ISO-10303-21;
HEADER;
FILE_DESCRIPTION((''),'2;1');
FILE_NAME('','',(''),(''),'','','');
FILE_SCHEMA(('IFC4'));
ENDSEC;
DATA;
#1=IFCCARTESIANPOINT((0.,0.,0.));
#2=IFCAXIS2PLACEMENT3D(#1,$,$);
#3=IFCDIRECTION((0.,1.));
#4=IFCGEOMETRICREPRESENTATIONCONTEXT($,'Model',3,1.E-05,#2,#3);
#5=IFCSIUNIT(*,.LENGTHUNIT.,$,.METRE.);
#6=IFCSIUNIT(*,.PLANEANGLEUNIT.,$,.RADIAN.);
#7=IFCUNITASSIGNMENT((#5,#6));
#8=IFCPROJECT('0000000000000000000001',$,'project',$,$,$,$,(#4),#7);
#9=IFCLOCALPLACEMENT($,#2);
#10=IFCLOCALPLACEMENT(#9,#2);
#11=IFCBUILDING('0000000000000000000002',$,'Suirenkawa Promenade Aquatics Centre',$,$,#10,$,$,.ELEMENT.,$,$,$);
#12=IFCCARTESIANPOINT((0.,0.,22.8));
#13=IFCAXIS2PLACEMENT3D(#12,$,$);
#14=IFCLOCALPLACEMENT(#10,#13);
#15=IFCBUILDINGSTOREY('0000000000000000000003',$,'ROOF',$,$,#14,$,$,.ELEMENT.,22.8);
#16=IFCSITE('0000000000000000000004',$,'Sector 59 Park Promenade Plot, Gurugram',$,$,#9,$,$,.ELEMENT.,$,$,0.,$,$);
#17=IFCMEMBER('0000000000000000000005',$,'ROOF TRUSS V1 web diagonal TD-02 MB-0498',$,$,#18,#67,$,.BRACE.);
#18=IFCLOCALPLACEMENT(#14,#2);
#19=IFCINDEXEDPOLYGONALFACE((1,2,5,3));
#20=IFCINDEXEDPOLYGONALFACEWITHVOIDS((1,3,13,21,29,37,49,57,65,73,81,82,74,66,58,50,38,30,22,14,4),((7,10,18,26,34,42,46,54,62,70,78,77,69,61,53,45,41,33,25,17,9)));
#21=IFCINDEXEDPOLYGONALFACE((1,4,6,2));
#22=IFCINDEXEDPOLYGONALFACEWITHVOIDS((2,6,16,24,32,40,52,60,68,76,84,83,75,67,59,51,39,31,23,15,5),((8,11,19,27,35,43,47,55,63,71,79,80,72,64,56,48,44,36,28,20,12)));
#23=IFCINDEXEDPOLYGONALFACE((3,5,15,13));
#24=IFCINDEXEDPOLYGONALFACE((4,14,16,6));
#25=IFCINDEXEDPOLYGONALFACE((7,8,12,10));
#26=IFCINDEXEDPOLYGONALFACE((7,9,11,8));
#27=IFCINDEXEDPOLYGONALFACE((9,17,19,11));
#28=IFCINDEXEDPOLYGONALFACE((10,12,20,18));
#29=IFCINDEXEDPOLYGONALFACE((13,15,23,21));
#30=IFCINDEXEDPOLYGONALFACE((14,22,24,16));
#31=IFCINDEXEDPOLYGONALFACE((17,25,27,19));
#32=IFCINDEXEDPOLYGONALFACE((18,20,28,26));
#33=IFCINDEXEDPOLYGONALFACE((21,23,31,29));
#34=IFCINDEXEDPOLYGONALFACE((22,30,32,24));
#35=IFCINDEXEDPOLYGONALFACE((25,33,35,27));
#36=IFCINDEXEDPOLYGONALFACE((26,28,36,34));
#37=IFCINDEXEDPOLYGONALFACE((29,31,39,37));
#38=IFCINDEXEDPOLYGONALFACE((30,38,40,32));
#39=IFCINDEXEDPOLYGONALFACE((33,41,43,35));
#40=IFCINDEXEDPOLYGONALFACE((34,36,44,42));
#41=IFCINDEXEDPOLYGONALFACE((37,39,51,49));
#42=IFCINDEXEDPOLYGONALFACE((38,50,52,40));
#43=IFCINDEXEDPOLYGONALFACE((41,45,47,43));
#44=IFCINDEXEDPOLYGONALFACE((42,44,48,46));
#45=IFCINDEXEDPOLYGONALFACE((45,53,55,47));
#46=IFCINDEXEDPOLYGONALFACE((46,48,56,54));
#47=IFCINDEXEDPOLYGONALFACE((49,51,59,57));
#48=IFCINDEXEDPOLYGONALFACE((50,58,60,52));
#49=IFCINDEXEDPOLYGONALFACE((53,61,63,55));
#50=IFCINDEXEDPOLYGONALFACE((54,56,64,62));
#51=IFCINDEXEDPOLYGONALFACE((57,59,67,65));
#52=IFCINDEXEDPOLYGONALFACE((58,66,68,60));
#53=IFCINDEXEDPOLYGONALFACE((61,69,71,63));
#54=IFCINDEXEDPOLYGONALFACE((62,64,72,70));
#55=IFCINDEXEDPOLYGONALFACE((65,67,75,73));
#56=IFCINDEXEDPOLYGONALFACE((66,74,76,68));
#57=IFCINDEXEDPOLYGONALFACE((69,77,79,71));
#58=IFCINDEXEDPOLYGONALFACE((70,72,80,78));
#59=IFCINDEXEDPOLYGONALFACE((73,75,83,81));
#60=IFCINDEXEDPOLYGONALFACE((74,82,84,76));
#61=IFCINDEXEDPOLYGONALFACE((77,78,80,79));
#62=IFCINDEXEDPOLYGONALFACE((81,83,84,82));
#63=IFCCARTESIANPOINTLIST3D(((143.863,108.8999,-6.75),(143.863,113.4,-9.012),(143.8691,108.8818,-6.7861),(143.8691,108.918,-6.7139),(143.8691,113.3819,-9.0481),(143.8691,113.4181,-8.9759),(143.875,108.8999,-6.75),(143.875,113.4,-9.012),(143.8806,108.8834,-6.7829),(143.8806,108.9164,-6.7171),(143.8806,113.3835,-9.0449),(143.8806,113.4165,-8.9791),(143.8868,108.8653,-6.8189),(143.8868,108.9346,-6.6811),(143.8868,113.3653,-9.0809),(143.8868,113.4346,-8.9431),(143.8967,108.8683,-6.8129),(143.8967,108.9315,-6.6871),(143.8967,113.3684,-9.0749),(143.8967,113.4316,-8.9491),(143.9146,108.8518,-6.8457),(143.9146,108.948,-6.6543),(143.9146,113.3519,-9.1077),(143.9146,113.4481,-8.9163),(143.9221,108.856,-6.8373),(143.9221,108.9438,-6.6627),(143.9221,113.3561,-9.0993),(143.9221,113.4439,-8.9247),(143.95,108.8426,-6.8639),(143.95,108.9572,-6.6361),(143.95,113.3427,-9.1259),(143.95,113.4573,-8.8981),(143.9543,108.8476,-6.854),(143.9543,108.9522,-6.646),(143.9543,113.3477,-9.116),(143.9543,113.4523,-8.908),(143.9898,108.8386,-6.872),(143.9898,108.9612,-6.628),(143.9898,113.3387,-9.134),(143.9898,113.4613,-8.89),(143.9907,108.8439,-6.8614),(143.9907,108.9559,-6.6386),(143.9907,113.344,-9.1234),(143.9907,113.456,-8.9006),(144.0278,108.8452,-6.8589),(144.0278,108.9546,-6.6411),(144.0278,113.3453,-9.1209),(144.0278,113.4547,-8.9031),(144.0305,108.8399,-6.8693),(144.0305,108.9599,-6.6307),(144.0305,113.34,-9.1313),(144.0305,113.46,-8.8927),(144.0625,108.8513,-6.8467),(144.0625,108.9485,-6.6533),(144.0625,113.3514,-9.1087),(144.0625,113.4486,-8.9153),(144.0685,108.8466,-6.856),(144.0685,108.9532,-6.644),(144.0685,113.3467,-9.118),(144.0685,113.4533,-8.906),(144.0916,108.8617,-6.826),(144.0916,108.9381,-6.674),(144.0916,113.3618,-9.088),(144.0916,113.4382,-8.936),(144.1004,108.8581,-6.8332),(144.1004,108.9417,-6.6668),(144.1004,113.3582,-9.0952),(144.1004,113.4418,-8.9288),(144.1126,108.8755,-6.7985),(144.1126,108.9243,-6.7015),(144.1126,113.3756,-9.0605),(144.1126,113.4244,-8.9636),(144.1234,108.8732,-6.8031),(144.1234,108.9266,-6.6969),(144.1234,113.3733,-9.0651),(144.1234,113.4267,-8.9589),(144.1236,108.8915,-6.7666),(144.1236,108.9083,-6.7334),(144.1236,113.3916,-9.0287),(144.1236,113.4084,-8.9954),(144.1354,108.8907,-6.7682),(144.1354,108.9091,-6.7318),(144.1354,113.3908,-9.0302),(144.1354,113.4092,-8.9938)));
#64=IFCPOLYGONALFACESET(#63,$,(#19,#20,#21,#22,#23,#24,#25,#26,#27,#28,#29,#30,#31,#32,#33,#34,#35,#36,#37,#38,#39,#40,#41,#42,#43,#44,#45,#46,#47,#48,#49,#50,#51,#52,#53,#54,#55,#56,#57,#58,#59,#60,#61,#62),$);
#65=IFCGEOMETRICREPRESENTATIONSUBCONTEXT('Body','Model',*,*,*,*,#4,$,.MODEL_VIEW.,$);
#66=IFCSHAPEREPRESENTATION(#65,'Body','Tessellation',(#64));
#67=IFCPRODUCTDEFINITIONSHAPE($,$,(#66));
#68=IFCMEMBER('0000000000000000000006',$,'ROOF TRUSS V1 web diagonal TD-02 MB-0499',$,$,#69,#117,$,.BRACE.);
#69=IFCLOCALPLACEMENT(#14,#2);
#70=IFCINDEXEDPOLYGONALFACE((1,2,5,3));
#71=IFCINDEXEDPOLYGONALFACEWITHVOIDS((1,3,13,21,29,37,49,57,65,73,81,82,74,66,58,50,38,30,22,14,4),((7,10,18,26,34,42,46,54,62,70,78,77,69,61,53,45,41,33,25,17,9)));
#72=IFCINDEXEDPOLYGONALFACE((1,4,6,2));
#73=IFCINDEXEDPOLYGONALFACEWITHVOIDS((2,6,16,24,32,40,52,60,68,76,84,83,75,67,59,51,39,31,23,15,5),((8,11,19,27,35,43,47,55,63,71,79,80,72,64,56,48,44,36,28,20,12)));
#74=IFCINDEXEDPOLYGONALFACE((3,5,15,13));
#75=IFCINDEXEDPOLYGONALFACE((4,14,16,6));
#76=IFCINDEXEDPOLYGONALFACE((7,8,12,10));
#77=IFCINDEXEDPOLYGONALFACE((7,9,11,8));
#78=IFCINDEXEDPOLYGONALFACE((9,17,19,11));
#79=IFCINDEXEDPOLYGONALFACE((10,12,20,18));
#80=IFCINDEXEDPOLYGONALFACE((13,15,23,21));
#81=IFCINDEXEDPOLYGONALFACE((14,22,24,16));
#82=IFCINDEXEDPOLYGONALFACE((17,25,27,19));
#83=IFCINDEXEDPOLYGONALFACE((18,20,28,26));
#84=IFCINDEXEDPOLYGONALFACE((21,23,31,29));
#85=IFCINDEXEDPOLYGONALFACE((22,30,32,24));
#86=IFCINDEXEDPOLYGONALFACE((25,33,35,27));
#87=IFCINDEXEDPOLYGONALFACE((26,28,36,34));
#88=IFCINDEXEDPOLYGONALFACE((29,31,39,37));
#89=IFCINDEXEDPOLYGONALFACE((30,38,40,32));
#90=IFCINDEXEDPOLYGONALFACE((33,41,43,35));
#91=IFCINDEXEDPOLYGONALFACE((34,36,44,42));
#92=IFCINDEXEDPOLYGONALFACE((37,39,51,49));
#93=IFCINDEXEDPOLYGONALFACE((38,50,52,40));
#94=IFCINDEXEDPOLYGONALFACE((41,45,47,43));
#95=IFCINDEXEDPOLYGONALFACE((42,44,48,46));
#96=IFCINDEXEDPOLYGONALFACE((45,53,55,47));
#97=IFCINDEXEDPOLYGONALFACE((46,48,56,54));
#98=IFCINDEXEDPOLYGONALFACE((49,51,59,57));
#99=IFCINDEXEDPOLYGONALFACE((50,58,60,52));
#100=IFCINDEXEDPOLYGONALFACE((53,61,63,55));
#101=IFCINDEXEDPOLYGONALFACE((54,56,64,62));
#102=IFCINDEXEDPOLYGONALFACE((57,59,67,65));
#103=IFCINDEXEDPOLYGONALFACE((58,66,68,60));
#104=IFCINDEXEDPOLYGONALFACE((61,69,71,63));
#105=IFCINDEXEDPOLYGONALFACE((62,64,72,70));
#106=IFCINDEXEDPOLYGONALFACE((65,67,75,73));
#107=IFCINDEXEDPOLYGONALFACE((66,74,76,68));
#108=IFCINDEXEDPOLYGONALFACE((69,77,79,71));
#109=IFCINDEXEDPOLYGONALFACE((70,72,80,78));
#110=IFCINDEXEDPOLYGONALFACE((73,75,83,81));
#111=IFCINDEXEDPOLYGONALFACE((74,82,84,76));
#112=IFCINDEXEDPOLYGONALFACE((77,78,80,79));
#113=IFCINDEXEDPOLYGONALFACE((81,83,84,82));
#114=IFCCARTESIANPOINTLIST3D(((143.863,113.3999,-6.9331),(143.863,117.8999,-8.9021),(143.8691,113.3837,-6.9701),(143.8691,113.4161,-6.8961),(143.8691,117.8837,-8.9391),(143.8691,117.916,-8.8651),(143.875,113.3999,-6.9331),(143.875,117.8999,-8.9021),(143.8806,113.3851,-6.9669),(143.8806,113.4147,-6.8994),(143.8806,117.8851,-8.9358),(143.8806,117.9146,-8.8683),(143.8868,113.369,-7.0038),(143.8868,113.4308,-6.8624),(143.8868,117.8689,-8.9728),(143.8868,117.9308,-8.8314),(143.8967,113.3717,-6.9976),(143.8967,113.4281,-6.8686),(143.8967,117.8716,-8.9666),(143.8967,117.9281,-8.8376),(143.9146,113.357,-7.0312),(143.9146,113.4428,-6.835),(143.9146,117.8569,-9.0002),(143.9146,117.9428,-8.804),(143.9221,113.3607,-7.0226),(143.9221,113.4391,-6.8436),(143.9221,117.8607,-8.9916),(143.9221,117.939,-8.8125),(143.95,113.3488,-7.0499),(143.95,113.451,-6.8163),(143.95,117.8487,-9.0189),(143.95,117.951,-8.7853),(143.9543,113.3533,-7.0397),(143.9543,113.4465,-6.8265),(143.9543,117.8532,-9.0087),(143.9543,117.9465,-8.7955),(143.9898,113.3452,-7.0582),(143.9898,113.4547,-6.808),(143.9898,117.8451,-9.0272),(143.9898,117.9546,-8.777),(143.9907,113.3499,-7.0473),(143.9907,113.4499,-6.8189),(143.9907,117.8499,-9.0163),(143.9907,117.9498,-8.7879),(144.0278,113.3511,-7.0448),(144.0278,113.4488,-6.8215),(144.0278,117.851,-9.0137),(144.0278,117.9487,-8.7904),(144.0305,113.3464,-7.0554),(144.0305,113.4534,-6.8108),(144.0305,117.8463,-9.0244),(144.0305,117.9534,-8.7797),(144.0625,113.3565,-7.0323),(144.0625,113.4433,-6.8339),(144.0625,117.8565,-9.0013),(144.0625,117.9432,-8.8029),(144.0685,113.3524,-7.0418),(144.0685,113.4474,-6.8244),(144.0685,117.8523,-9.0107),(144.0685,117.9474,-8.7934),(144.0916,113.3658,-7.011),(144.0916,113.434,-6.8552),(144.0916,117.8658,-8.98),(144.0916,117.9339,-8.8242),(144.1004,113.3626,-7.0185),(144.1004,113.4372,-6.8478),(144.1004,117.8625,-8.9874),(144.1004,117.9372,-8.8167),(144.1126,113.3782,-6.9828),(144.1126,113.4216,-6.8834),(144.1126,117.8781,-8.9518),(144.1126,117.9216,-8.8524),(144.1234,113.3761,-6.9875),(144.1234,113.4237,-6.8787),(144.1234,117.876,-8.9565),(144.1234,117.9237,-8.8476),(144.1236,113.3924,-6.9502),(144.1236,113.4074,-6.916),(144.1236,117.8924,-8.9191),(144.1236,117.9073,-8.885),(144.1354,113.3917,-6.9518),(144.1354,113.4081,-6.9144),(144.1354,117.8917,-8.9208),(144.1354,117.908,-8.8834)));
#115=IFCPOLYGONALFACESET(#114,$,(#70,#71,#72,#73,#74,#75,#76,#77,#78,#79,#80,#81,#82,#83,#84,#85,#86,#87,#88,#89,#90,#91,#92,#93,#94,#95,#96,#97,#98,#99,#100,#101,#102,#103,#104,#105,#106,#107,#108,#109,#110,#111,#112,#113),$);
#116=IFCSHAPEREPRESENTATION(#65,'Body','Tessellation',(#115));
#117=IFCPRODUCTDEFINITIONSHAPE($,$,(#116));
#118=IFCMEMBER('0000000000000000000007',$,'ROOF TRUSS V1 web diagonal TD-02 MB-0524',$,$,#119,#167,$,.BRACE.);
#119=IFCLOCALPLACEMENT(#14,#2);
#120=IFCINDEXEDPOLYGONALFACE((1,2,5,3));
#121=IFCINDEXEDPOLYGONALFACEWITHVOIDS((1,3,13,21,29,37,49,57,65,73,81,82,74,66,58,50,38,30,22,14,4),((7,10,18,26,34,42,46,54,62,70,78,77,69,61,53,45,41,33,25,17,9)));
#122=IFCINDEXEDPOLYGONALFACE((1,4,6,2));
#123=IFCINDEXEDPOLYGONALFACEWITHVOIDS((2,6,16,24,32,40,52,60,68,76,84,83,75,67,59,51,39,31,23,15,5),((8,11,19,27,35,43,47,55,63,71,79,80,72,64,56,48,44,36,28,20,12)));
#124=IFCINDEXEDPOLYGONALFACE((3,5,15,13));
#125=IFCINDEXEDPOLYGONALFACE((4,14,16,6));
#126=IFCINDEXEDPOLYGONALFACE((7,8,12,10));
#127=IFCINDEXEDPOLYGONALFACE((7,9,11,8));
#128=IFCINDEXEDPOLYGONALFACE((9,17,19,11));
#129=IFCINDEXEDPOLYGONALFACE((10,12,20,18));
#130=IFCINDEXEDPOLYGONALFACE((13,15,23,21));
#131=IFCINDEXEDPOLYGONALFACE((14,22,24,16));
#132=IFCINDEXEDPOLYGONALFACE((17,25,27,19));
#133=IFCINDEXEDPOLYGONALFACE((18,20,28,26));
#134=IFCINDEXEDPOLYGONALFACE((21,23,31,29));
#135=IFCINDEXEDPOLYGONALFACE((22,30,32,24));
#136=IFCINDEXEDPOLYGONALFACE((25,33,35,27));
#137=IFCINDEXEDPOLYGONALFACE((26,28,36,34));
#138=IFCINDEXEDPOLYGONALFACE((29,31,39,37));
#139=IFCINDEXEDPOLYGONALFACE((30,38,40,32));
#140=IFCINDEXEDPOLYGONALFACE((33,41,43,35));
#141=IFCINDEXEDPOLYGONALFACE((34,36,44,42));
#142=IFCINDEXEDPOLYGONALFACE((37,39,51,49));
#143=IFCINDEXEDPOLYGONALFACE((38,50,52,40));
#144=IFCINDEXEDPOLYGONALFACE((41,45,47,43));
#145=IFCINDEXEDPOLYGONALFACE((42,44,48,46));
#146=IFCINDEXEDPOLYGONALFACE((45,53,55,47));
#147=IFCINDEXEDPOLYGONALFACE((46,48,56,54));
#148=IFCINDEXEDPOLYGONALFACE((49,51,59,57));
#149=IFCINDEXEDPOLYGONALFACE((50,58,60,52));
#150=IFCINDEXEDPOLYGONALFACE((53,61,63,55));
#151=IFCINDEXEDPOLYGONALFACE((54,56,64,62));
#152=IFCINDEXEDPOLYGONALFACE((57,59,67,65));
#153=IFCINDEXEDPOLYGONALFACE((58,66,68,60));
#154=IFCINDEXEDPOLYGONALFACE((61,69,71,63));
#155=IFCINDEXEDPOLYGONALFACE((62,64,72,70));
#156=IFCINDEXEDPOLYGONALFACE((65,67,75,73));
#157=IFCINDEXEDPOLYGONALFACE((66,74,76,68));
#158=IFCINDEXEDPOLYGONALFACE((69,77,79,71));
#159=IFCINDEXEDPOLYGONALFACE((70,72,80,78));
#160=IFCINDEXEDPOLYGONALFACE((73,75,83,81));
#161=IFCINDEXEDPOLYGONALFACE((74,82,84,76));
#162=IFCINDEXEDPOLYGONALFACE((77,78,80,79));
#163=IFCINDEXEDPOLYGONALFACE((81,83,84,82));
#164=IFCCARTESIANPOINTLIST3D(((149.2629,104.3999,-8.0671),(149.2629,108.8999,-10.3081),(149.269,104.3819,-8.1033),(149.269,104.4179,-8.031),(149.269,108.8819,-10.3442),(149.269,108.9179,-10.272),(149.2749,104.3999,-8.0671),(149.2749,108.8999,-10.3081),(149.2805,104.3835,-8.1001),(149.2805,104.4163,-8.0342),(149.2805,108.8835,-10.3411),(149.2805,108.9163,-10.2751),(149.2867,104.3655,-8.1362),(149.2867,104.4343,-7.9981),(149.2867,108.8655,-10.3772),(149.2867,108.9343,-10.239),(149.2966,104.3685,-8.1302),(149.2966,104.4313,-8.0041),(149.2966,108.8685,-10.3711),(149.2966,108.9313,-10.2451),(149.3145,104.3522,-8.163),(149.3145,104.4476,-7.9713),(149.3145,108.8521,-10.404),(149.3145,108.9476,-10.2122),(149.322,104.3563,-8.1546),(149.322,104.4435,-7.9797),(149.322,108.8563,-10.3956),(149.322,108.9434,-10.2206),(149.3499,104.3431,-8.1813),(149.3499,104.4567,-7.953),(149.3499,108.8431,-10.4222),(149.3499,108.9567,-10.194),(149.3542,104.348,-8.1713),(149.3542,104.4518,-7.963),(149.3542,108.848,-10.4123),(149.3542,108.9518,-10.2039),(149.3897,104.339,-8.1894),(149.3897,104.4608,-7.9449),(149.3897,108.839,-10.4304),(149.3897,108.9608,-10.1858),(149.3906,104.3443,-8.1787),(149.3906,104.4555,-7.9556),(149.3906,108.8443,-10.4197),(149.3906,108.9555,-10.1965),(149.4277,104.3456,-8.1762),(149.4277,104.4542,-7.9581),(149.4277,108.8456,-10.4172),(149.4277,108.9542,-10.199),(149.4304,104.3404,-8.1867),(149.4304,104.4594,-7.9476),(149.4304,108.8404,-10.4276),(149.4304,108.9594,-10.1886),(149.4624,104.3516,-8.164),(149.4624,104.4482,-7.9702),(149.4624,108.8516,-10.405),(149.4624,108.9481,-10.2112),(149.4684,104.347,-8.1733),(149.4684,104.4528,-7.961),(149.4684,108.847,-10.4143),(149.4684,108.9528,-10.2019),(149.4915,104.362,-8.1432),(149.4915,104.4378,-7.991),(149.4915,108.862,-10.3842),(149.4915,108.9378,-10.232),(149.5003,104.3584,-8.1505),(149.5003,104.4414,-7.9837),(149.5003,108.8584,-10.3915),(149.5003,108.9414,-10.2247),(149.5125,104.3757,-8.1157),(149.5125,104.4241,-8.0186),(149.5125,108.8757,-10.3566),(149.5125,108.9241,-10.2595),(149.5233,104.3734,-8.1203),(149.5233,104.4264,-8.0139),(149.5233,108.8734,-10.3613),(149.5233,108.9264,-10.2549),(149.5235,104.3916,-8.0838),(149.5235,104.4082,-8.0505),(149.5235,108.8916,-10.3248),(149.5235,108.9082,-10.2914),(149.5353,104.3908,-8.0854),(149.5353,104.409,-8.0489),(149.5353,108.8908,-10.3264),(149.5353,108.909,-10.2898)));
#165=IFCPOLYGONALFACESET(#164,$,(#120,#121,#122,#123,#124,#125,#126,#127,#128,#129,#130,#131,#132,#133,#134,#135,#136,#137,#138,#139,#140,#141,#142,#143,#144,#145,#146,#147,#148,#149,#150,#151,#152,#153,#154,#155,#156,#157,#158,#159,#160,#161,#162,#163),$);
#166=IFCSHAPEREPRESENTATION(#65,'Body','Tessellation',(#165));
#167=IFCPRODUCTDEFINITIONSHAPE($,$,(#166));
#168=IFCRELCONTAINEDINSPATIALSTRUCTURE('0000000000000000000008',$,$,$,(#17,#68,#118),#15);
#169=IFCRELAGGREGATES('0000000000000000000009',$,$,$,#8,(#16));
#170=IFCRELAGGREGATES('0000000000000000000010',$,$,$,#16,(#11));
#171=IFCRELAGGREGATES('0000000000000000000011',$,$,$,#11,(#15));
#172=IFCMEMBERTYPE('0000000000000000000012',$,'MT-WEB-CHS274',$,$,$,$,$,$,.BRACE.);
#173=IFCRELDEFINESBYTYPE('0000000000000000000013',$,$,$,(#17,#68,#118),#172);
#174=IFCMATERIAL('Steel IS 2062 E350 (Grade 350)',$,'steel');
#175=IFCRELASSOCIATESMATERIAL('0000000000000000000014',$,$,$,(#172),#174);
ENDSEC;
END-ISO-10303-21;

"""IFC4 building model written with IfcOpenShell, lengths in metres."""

from ifc_helpers import new_model, si_unit, direction, frame, origin, origin_2d, place, context, subcontext, project, spatial, hollow_circle, extrude, material, material_profile, profile_set, type_object, element, save


model = new_model("IFC4")

# Units and contexts
model_context = context("Model", 3, precision=1e-05, world=origin(), true_north=direction((0.0, 1.0)))
body_context = subcontext(model_context, "Body", "Model", "MODEL_VIEW")
ifc_project = project(units=[si_unit("LENGTHUNIT", "METRE"), si_unit("PLANEANGLEUNIT", "RADIAN")], contexts=[model_context])

# Site, building, storey
site_placement = place(None, origin())
site = spatial("IfcSite", under=ifc_project, at=site_placement, Name="Sector 59 Park Promenade Plot, Gurugram", CompositionType="ELEMENT", RefElevation=0.0)
building_placement = place(site_placement, origin())
building = spatial("IfcBuilding", under=site, at=building_placement, Name="Suirenkawa Promenade Aquatics Centre", CompositionType="ELEMENT")
storey_placement = place(building_placement, frame((0.0, 0.0, 22.8)))
storey = spatial("IfcBuildingStorey", under=building, at=storey_placement, Name="ROOF", CompositionType="ELEMENT", Elevation=22.8)

# Shared definitions
ifc_material = material(Name="Steel IS 2062 E350 (Grade 350)", Category="steel")

# Members
ifc_material_profile_1 = material_profile(ifc_material, hollow_circle(Radius=0.137, WallThickness=0.012, at=origin_2d()), Name="CHS 274x12", Category="steel")
ifc_profile_set_1 = profile_set([ifc_material_profile_1], Name="Steel IS 2062 E350 (Grade 350)")
member_type_1 = type_object("IfcMemberType", Name="MT-WEB-CHS274", PredefinedType="BRACE", material=ifc_profile_set_1)
member_1_placement = place(storey_placement, frame((144.0, 108.8999, -6.75), z_axis=(0.0, 0.893475, -0.449113), x_axis=(-1.0, 0.0, 0.0)))
element("IfcMember", 1, at=member_1_placement, inside=storey, type_object=member_type_1, Name="ROOF TRUSS V1 web diagonal TD-02 MB-0498", PredefinedType="BRACE", context=body_context, shape_type="SweptSolid", body=[
    extrude(hollow_circle(Radius=0.137, WallThickness=0.012, at=origin_2d()), origin(), (0.0, 0.0, 1.0), 5.0366),
])
member_2_placement = place(storey_placement, frame((144.0, 113.3999, -6.9331), z_axis=(0.0, 0.916139, -0.400861), x_axis=(-1.0, 0.0, 0.0)))
element("IfcMember", 2, at=member_2_placement, inside=storey, type_object=member_type_1, Name="ROOF TRUSS V1 web diagonal TD-02 MB-0499", PredefinedType="BRACE", context=body_context, shape_type="SweptSolid", body=[
    extrude(hollow_circle(Radius=0.137, WallThickness=0.012, at=origin_2d()), origin(), (0.0, 0.0, 1.0), 4.9119),
])
member_3_placement = place(storey_placement, frame((149.3999, 104.3999, -8.0671), z_axis=(0.0, 0.895145, -0.445776), x_axis=(-1.0, 0.0, 0.0)))
element("IfcMember", 3, at=member_3_placement, inside=storey, type_object=member_type_1, Name="ROOF TRUSS V1 web diagonal TD-02 MB-0524", PredefinedType="BRACE", context=body_context, shape_type="SweptSolid", body=[
    extrude(hollow_circle(Radius=0.137, WallThickness=0.012, at=origin_2d()), origin(), (0.0, 0.0, 1.0), 5.0271),
])

save(model, "model.ifc")
